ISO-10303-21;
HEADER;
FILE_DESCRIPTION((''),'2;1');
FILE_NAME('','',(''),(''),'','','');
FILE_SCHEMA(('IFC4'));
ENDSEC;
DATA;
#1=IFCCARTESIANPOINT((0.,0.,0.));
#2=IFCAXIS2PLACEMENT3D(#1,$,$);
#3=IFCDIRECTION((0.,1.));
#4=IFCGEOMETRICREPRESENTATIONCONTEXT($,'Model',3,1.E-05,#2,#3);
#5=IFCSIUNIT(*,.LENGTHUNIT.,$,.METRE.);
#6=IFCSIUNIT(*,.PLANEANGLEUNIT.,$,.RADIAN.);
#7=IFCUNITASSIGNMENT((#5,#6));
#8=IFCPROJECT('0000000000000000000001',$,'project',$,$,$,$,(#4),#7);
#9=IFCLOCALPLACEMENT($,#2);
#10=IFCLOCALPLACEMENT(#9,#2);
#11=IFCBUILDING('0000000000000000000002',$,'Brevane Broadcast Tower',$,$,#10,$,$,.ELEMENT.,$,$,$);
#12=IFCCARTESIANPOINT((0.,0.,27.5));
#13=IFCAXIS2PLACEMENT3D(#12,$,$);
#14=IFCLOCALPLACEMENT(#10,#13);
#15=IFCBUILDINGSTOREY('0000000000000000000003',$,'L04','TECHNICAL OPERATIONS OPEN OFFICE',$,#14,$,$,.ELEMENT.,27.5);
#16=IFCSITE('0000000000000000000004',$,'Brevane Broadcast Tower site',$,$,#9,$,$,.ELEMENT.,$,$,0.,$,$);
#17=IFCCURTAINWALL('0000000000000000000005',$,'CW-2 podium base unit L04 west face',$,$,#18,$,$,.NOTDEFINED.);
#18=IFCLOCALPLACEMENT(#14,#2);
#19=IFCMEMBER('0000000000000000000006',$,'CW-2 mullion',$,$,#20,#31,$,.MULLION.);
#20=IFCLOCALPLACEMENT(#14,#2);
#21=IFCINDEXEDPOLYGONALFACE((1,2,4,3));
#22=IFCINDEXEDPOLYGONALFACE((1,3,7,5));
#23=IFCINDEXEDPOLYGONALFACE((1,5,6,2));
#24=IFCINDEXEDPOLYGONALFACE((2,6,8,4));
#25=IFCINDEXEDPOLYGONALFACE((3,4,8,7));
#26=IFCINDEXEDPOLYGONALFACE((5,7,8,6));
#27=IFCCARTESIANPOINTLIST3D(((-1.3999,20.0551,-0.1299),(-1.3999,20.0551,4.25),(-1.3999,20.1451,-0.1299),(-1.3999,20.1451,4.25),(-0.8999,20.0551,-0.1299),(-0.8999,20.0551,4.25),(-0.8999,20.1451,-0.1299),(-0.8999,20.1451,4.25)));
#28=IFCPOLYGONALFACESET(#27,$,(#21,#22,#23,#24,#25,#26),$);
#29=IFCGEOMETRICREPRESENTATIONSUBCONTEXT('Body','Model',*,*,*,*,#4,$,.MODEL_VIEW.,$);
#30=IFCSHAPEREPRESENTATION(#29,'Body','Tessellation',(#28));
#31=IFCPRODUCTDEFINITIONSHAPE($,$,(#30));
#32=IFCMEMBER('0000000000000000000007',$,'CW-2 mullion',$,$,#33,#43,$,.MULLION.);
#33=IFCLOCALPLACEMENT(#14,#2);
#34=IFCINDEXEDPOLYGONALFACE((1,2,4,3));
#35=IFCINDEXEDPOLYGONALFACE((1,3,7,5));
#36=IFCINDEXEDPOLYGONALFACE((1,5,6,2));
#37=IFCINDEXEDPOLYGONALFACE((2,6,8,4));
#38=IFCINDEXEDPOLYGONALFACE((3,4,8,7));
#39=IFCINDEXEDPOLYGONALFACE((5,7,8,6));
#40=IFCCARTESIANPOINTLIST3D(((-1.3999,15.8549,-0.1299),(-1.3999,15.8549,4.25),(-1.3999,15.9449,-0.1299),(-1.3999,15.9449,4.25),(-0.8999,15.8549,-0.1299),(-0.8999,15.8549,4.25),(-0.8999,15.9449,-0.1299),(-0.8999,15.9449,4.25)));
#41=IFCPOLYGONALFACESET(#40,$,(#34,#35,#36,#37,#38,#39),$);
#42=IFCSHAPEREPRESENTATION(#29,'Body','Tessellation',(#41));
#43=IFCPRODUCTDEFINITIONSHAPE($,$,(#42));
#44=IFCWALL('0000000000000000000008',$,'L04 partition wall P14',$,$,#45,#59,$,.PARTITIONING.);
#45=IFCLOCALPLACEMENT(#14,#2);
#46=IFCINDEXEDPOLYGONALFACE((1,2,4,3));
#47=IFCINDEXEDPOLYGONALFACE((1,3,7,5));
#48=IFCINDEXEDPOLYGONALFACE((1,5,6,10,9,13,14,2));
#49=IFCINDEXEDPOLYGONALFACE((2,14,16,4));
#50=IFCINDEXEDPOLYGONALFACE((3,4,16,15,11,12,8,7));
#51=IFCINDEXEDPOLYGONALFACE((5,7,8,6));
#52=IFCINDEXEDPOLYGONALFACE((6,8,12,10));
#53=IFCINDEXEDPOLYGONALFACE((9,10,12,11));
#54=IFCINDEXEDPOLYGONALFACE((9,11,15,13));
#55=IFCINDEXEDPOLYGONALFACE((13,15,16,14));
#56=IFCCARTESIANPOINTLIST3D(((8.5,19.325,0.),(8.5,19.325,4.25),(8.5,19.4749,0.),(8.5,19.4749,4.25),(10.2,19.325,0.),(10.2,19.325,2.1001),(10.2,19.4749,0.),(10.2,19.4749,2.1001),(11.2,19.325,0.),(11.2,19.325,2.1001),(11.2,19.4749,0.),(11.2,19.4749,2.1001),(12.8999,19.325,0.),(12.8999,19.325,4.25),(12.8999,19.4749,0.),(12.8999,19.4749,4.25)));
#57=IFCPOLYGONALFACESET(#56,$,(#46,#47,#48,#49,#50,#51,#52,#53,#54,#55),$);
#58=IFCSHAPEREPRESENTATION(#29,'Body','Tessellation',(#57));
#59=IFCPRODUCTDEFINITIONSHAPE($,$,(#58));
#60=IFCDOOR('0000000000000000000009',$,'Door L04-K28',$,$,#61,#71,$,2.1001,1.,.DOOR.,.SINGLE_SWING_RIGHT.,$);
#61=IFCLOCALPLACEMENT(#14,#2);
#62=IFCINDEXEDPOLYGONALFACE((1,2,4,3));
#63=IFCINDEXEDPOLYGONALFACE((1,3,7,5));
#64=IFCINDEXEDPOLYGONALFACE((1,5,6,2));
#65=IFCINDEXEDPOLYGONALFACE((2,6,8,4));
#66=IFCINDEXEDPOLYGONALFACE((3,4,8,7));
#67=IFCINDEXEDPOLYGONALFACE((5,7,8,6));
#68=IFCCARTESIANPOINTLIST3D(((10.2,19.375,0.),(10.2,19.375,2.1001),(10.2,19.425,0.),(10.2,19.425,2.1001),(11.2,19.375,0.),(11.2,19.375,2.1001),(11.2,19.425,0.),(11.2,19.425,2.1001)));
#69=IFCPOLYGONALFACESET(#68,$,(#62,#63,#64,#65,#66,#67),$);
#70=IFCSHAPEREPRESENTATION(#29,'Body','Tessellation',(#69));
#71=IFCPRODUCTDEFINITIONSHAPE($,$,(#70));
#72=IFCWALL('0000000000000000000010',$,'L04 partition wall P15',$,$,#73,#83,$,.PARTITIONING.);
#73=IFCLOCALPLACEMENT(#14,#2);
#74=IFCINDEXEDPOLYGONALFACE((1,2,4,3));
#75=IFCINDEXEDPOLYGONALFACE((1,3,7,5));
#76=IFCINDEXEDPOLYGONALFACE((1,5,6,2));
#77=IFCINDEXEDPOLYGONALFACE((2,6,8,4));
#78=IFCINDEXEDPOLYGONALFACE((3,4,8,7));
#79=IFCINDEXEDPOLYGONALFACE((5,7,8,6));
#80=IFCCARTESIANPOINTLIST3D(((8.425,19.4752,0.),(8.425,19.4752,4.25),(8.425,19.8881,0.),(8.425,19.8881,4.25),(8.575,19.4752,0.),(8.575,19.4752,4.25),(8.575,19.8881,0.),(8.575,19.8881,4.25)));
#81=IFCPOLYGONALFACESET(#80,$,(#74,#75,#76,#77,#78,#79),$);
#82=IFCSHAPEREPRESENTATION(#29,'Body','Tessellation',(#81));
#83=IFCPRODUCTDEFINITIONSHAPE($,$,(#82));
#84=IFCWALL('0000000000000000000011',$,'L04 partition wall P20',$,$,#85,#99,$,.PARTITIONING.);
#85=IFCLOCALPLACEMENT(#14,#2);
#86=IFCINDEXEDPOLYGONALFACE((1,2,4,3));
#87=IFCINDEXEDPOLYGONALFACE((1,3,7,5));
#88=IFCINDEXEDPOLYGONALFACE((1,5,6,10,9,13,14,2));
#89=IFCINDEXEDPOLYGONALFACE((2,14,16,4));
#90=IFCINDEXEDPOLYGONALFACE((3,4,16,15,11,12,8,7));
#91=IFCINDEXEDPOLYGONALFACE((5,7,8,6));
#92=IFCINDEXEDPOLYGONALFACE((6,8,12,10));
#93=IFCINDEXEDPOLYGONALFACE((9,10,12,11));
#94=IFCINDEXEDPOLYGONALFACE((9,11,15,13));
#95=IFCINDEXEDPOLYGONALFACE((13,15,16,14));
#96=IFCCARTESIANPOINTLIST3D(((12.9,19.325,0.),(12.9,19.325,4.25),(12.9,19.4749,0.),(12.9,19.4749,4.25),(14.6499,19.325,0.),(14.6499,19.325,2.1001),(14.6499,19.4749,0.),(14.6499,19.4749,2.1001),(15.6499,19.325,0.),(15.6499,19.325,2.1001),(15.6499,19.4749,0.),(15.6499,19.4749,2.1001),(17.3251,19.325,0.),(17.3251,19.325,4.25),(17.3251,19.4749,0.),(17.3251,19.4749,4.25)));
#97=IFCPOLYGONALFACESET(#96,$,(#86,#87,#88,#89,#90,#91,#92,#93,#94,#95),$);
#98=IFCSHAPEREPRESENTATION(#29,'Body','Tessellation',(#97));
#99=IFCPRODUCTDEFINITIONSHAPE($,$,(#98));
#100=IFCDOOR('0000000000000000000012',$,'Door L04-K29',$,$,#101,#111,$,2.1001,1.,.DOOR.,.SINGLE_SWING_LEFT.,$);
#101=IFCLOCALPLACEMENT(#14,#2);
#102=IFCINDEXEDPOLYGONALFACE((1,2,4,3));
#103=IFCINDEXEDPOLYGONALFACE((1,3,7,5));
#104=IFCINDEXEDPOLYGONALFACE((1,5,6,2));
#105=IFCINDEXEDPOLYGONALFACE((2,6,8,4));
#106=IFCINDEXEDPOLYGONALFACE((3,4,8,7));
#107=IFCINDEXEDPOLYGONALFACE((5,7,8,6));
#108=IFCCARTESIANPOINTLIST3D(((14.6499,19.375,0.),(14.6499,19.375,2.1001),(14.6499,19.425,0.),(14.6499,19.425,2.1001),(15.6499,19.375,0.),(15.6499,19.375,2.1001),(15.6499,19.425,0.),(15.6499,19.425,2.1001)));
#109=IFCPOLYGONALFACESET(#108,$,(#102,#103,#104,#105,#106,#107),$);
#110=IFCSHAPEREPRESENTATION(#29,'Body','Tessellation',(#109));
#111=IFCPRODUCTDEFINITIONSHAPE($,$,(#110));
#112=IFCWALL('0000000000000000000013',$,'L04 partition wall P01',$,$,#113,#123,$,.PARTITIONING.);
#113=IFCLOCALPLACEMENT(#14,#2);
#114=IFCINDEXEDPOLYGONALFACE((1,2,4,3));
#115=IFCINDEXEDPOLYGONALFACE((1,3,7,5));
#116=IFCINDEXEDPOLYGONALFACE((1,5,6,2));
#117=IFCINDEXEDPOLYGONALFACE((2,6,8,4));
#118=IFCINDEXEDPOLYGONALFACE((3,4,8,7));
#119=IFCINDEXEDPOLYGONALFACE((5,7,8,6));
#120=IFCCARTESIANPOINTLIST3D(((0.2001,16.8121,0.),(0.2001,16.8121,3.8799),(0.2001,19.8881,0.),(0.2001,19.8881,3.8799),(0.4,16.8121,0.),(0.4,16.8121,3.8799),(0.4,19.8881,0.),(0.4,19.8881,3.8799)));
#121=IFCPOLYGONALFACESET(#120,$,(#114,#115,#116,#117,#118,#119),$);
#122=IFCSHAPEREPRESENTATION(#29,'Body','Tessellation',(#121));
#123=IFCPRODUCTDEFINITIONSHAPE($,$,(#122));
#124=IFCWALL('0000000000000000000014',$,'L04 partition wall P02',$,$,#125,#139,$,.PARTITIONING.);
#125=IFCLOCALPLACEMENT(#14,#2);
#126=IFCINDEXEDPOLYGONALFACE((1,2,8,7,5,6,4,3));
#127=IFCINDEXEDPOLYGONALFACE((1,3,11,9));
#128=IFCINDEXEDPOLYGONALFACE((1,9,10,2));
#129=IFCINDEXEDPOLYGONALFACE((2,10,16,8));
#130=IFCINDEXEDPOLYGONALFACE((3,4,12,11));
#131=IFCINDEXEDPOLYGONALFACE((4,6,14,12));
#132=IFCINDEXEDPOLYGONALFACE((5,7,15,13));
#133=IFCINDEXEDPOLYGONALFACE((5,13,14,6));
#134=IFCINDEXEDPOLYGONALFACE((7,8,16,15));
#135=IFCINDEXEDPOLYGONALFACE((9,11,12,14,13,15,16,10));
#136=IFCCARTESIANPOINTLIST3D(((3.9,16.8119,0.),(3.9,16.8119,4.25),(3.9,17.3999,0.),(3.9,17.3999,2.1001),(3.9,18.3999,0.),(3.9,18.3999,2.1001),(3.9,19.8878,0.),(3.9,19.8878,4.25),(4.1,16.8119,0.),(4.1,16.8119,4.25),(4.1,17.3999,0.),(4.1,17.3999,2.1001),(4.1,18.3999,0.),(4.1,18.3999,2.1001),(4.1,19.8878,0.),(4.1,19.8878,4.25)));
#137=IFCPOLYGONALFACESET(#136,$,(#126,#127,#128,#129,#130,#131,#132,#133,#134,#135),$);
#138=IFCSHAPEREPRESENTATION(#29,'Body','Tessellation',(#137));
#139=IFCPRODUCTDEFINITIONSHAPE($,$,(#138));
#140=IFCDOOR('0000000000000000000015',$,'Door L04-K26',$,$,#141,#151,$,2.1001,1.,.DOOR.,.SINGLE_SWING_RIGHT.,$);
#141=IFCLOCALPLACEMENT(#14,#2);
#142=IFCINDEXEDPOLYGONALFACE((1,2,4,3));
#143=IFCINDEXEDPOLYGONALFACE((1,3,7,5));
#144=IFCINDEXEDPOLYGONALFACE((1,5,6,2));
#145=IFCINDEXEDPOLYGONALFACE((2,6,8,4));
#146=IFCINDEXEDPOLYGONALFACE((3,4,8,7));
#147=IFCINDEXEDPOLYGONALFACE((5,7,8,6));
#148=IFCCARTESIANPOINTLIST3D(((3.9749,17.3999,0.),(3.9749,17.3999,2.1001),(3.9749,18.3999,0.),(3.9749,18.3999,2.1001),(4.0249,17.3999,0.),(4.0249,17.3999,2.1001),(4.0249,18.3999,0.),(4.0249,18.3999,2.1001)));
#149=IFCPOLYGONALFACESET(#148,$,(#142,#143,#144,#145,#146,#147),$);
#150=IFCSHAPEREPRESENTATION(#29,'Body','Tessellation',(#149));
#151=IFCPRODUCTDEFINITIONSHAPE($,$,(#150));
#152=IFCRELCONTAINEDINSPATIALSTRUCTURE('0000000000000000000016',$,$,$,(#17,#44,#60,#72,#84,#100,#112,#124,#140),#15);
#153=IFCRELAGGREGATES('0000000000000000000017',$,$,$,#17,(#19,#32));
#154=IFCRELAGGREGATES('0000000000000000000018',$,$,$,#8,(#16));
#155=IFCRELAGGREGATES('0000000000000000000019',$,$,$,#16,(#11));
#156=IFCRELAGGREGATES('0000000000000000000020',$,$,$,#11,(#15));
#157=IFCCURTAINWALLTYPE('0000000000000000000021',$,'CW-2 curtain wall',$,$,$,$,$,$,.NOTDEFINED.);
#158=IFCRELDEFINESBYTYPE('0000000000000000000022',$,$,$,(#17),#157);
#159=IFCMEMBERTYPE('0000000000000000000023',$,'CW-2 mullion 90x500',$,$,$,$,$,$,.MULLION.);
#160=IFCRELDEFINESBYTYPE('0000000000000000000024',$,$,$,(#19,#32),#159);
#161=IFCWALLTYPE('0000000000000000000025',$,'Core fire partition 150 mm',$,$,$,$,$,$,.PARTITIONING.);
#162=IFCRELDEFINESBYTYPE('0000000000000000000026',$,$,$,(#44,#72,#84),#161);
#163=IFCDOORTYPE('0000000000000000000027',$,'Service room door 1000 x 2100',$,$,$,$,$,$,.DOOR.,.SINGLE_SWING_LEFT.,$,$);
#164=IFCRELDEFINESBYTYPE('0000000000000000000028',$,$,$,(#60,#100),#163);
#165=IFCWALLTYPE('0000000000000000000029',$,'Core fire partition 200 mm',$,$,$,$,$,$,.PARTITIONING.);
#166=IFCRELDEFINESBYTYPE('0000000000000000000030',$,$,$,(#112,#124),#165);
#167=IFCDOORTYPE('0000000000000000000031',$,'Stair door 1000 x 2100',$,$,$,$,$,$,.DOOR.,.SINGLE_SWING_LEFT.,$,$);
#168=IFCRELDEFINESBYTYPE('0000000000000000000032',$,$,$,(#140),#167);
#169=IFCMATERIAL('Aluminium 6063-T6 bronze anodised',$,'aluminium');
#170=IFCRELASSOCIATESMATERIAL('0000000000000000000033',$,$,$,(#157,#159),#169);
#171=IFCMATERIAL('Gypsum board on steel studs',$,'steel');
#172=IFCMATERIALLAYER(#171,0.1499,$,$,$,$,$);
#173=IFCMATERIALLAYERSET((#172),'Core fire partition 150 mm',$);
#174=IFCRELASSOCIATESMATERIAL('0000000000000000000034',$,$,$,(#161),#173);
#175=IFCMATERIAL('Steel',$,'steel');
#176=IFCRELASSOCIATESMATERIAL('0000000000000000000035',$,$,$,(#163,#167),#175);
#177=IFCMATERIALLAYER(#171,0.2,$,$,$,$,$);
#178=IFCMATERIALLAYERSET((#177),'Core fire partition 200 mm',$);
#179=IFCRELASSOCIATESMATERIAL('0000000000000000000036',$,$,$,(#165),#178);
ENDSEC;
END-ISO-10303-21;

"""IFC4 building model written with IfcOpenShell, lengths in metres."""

from ifc_helpers import new_model, si_unit, direction, frame, frame_2d, origin, origin_2d, place, context, subcontext, project, spatial, rectangle, extrude, material, layer, layer_set, material_profile, profile_set, type_object, element, fill, aggregate, save


model = new_model("IFC4")

# Units and contexts
model_context = context("Model", 3, precision=1e-05, world=origin(), true_north=direction((0.0, 1.0)))
body_context = subcontext(model_context, "Body", "Model", "MODEL_VIEW")
ifc_project = project(units=[si_unit("LENGTHUNIT", "METRE"), si_unit("PLANEANGLEUNIT", "RADIAN")], contexts=[model_context])

# Site, building, storey
site_placement = place(None, origin())
site = spatial("IfcSite", under=ifc_project, at=site_placement, Name="Brevane Broadcast Tower site", CompositionType="ELEMENT", RefElevation=0.0)
building_placement = place(site_placement, origin())
building = spatial("IfcBuilding", under=site, at=building_placement, Name="Brevane Broadcast Tower", CompositionType="ELEMENT")
storey_placement = place(building_placement, frame((0.0, 0.0, 27.5)))
storey = spatial("IfcBuildingStorey", under=building, at=storey_placement, Name="L04", Description="TECHNICAL OPERATIONS OPEN OFFICE", CompositionType="ELEMENT", Elevation=27.5)

# Curtain wall, members
ifc_material_1 = material(Name="Aluminium 6063-T6 bronze anodised", Category="aluminium")
curtain_wall_type = type_object("IfcCurtainWallType", Name="CW-2 curtain wall", PredefinedType="NOTDEFINED", material=ifc_material_1)
curtain_wall_placement = place(storey_placement, origin())
curtain_wall = element("IfcCurtainWall", 1, at=curtain_wall_placement, inside=storey, type_object=curtain_wall_type, Name="CW-2 podium base unit L04 west face", PredefinedType="NOTDEFINED")
ifc_material_profile = material_profile(ifc_material_1, rectangle(XDim=0.5, YDim=0.0901, at=origin_2d()), Name="RECT 90x500")
ifc_profile_set = profile_set([ifc_material_profile], Name="Aluminium 6063-T6 bronze anodised")
member_type = type_object("IfcMemberType", Name="CW-2 mullion 90x500", PredefinedType="MULLION", material=ifc_profile_set)
member_1_placement = place(storey_placement, frame((-1.1499, 20.1001, -0.1299), z_axis=(0.0, 0.0, 1.0), x_axis=(1.0, 0.0, 0.0)))
member_1 = element("IfcMember", 2, at=member_1_placement, type_object=member_type, Name="CW-2 mullion", PredefinedType="MULLION", context=body_context, shape_type="SweptSolid", body=[
    extrude(rectangle(XDim=0.5, YDim=0.0901, at=origin_2d()), origin(), (0.0, 0.0, 1.0), 4.3799),
])
member_2_placement = place(storey_placement, frame((-1.1499, 15.8999, -0.1299), z_axis=(0.0, 0.0, 1.0), x_axis=(1.0, 0.0, 0.0)))
member_2 = element("IfcMember", 3, at=member_2_placement, type_object=member_type, Name="CW-2 mullion", PredefinedType="MULLION", context=body_context, shape_type="SweptSolid", body=[
    extrude(rectangle(XDim=0.5, YDim=0.0901, at=origin_2d()), origin(), (0.0, 0.0, 1.0), 4.3799),
])
aggregate(curtain_wall, [member_1, member_2])

# Wall, opening, door
ifc_material_2 = material(Name="Gypsum board on steel studs", Category="steel")
ifc_layer_1 = layer(ifc_material_2, 0.1499)
ifc_layer_set_1 = layer_set([ifc_layer_1], Name="Core fire partition 150 mm")
wall_type_1 = type_object("IfcWallType", Name="Core fire partition 150 mm", PredefinedType="PARTITIONING", material=ifc_layer_set_1)
wall_1_placement = place(storey_placement, frame((12.8999, 19.3999, 0.0), z_axis=(0.0, 0.0, 1.0), x_axis=(-1.0, 0.0, 0.0)))
wall_1 = element("IfcWall", 4, at=wall_1_placement, inside=storey, type_object=wall_type_1, Name="L04 partition wall P14", PredefinedType="PARTITIONING", context=body_context, shape_type="SweptSolid", body=[
    extrude(rectangle(XDim=4.3999, YDim=0.1499, at=frame_2d((2.2, 0.0))), origin(), (0.0, 0.0, 1.0), 4.25),
])
opening_1_placement = place(wall_1_placement, frame((1.7, 0.0, 0.0)))
opening_1 = element("IfcOpeningElement", 5, at=opening_1_placement, cuts=wall_1, PredefinedType="OPENING", context=body_context, shape_type="SweptSolid", body=[
    extrude(rectangle(XDim=1.0, YDim=2.1001, at=frame_2d((0.5, 1.05))), frame((0.0, 0.085, 0.0), z_axis=(0.0, -1.0, 0.0), x_axis=(1.0, 0.0, 0.0)), (0.0, 0.0, 1.0), 0.1699),
])
ifc_material_3 = material(Name="Steel", Category="steel")
door_type_1 = type_object("IfcDoorType", Name="Service room door 1000 x 2100", OperationType="SINGLE_SWING_LEFT", PredefinedType="DOOR", material=ifc_material_3)
door_1_placement = place(opening_1_placement, origin())
door_1 = element("IfcDoor", 6, at=door_1_placement, inside=storey, type_object=door_type_1, Name="Door L04-K28", OperationType="SINGLE_SWING_RIGHT", OverallHeight=2.1001, OverallWidth=1.0, PredefinedType="DOOR", context=body_context, shape_type="SweptSolid", body=[
    extrude(rectangle(XDim=1.0, YDim=2.1001, at=frame_2d((0.5, 1.05))), frame((0.0, 0.0249, 0.0), z_axis=(0.0, -1.0, 0.0), x_axis=(1.0, 0.0, 0.0)), (0.0, 0.0, 1.0), 0.05),
])
fill(opening_1, door_1)

# Wall
wall_2_placement = place(storey_placement, frame((8.5, 19.4751, 0.0), z_axis=(0.0, 0.0, 1.0), x_axis=(0.0, 1.0, 0.0)))
element("IfcWall", 7, at=wall_2_placement, inside=storey, type_object=wall_type_1, Name="L04 partition wall P15", PredefinedType="PARTITIONING", context=body_context, shape_type="SweptSolid", body=[
    extrude(rectangle(XDim=0.4128, YDim=0.1499, at=frame_2d((0.2065, 0.0))), origin(), (0.0, 0.0, 1.0), 4.25),
])

# Wall, opening, door
wall_3_placement = place(storey_placement, frame((17.325, 19.3999, 0.0), z_axis=(0.0, 0.0, 1.0), x_axis=(-1.0, 0.0, 0.0)))
wall_3 = element("IfcWall", 8, at=wall_3_placement, inside=storey, type_object=wall_type_1, Name="L04 partition wall P20", PredefinedType="PARTITIONING", context=body_context, shape_type="SweptSolid", body=[
    extrude(rectangle(XDim=4.425, YDim=0.1499, at=frame_2d((2.2124, 0.0))), origin(), (0.0, 0.0, 1.0), 4.25),
])
opening_2_placement = place(wall_3_placement, frame((1.675, 0.0, 0.0)))
opening_2 = element("IfcOpeningElement", 9, at=opening_2_placement, cuts=wall_3, PredefinedType="OPENING", context=body_context, shape_type="SweptSolid", body=[
    extrude(rectangle(XDim=1.0, YDim=2.1001, at=frame_2d((0.5, 1.05))), frame((0.0, 0.085, 0.0), z_axis=(0.0, -1.0, 0.0), x_axis=(1.0, 0.0, 0.0)), (0.0, 0.0, 1.0), 0.1699),
])
door_2_placement = place(opening_2_placement, origin())
door_2 = element("IfcDoor", 10, at=door_2_placement, inside=storey, type_object=door_type_1, Name="Door L04-K29", OperationType="SINGLE_SWING_LEFT", OverallHeight=2.1001, OverallWidth=1.0, PredefinedType="DOOR", context=body_context, shape_type="SweptSolid", body=[
    extrude(rectangle(XDim=1.0, YDim=2.1001, at=frame_2d((0.5, 1.05))), frame((0.0, 0.0249, 0.0), z_axis=(0.0, -1.0, 0.0), x_axis=(1.0, 0.0, 0.0)), (0.0, 0.0, 1.0), 0.05),
])
fill(opening_2, door_2)

# Wall
ifc_layer_2 = layer(ifc_material_2, 0.2)
ifc_layer_set_2 = layer_set([ifc_layer_2], Name="Core fire partition 200 mm")
wall_type_2 = type_object("IfcWallType", Name="Core fire partition 200 mm", PredefinedType="PARTITIONING", material=ifc_layer_set_2)
wall_4_placement = place(storey_placement, frame((0.3, 16.812, 0.0), z_axis=(0.0, 0.0, 1.0), x_axis=(0.0, 1.0, 0.0)))
element("IfcWall", 11, at=wall_4_placement, inside=storey, type_object=wall_type_2, Name="L04 partition wall P01", PredefinedType="PARTITIONING", context=body_context, shape_type="SweptSolid", body=[
    extrude(rectangle(XDim=3.0759, YDim=0.2, at=frame_2d((1.5381, 0.0))), origin(), (0.0, 0.0, 1.0), 3.8799),
])

# Wall, opening, door
wall_5_placement = place(storey_placement, frame((4.0, 19.8879, 0.0), z_axis=(0.0, 0.0, 1.0), x_axis=(0.0, -1.0, 0.0)))
wall_5 = element("IfcWall", 12, at=wall_5_placement, inside=storey, type_object=wall_type_2, Name="L04 partition wall P02", PredefinedType="PARTITIONING", context=body_context, shape_type="SweptSolid", body=[
    extrude(rectangle(XDim=3.0759, YDim=0.2, at=frame_2d((1.5381, 0.0))), origin(), (0.0, 0.0, 1.0), 4.25),
])
opening_3_placement = place(wall_5_placement, frame((1.488, 0.0, 0.0)))
opening_3 = element("IfcOpeningElement", 13, at=opening_3_placement, cuts=wall_5, PredefinedType="OPENING", context=body_context, shape_type="SweptSolid", body=[
    extrude(rectangle(XDim=1.0, YDim=2.1001, at=frame_2d((0.5, 1.05))), frame((0.0, 0.1099, 0.0), z_axis=(0.0, -1.0, 0.0), x_axis=(1.0, 0.0, 0.0)), (0.0, 0.0, 1.0), 0.22),
])
door_type_2 = type_object("IfcDoorType", Name="Stair door 1000 x 2100", OperationType="SINGLE_SWING_LEFT", PredefinedType="DOOR", material=ifc_material_3)
door_3_placement = place(opening_3_placement, origin())
door_3 = element("IfcDoor", 14, at=door_3_placement, inside=storey, type_object=door_type_2, Name="Door L04-K26", OperationType="SINGLE_SWING_RIGHT", OverallHeight=2.1001, OverallWidth=1.0, PredefinedType="DOOR", context=body_context, shape_type="SweptSolid", body=[
    extrude(rectangle(XDim=1.0, YDim=2.1001, at=frame_2d((0.5, 1.05))), frame((0.0, 0.0249, 0.0), z_axis=(0.0, -1.0, 0.0), x_axis=(1.0, 0.0, 0.0)), (0.0, 0.0, 1.0), 0.05),
])
fill(opening_3, door_3)

save(model, "model.ifc")
